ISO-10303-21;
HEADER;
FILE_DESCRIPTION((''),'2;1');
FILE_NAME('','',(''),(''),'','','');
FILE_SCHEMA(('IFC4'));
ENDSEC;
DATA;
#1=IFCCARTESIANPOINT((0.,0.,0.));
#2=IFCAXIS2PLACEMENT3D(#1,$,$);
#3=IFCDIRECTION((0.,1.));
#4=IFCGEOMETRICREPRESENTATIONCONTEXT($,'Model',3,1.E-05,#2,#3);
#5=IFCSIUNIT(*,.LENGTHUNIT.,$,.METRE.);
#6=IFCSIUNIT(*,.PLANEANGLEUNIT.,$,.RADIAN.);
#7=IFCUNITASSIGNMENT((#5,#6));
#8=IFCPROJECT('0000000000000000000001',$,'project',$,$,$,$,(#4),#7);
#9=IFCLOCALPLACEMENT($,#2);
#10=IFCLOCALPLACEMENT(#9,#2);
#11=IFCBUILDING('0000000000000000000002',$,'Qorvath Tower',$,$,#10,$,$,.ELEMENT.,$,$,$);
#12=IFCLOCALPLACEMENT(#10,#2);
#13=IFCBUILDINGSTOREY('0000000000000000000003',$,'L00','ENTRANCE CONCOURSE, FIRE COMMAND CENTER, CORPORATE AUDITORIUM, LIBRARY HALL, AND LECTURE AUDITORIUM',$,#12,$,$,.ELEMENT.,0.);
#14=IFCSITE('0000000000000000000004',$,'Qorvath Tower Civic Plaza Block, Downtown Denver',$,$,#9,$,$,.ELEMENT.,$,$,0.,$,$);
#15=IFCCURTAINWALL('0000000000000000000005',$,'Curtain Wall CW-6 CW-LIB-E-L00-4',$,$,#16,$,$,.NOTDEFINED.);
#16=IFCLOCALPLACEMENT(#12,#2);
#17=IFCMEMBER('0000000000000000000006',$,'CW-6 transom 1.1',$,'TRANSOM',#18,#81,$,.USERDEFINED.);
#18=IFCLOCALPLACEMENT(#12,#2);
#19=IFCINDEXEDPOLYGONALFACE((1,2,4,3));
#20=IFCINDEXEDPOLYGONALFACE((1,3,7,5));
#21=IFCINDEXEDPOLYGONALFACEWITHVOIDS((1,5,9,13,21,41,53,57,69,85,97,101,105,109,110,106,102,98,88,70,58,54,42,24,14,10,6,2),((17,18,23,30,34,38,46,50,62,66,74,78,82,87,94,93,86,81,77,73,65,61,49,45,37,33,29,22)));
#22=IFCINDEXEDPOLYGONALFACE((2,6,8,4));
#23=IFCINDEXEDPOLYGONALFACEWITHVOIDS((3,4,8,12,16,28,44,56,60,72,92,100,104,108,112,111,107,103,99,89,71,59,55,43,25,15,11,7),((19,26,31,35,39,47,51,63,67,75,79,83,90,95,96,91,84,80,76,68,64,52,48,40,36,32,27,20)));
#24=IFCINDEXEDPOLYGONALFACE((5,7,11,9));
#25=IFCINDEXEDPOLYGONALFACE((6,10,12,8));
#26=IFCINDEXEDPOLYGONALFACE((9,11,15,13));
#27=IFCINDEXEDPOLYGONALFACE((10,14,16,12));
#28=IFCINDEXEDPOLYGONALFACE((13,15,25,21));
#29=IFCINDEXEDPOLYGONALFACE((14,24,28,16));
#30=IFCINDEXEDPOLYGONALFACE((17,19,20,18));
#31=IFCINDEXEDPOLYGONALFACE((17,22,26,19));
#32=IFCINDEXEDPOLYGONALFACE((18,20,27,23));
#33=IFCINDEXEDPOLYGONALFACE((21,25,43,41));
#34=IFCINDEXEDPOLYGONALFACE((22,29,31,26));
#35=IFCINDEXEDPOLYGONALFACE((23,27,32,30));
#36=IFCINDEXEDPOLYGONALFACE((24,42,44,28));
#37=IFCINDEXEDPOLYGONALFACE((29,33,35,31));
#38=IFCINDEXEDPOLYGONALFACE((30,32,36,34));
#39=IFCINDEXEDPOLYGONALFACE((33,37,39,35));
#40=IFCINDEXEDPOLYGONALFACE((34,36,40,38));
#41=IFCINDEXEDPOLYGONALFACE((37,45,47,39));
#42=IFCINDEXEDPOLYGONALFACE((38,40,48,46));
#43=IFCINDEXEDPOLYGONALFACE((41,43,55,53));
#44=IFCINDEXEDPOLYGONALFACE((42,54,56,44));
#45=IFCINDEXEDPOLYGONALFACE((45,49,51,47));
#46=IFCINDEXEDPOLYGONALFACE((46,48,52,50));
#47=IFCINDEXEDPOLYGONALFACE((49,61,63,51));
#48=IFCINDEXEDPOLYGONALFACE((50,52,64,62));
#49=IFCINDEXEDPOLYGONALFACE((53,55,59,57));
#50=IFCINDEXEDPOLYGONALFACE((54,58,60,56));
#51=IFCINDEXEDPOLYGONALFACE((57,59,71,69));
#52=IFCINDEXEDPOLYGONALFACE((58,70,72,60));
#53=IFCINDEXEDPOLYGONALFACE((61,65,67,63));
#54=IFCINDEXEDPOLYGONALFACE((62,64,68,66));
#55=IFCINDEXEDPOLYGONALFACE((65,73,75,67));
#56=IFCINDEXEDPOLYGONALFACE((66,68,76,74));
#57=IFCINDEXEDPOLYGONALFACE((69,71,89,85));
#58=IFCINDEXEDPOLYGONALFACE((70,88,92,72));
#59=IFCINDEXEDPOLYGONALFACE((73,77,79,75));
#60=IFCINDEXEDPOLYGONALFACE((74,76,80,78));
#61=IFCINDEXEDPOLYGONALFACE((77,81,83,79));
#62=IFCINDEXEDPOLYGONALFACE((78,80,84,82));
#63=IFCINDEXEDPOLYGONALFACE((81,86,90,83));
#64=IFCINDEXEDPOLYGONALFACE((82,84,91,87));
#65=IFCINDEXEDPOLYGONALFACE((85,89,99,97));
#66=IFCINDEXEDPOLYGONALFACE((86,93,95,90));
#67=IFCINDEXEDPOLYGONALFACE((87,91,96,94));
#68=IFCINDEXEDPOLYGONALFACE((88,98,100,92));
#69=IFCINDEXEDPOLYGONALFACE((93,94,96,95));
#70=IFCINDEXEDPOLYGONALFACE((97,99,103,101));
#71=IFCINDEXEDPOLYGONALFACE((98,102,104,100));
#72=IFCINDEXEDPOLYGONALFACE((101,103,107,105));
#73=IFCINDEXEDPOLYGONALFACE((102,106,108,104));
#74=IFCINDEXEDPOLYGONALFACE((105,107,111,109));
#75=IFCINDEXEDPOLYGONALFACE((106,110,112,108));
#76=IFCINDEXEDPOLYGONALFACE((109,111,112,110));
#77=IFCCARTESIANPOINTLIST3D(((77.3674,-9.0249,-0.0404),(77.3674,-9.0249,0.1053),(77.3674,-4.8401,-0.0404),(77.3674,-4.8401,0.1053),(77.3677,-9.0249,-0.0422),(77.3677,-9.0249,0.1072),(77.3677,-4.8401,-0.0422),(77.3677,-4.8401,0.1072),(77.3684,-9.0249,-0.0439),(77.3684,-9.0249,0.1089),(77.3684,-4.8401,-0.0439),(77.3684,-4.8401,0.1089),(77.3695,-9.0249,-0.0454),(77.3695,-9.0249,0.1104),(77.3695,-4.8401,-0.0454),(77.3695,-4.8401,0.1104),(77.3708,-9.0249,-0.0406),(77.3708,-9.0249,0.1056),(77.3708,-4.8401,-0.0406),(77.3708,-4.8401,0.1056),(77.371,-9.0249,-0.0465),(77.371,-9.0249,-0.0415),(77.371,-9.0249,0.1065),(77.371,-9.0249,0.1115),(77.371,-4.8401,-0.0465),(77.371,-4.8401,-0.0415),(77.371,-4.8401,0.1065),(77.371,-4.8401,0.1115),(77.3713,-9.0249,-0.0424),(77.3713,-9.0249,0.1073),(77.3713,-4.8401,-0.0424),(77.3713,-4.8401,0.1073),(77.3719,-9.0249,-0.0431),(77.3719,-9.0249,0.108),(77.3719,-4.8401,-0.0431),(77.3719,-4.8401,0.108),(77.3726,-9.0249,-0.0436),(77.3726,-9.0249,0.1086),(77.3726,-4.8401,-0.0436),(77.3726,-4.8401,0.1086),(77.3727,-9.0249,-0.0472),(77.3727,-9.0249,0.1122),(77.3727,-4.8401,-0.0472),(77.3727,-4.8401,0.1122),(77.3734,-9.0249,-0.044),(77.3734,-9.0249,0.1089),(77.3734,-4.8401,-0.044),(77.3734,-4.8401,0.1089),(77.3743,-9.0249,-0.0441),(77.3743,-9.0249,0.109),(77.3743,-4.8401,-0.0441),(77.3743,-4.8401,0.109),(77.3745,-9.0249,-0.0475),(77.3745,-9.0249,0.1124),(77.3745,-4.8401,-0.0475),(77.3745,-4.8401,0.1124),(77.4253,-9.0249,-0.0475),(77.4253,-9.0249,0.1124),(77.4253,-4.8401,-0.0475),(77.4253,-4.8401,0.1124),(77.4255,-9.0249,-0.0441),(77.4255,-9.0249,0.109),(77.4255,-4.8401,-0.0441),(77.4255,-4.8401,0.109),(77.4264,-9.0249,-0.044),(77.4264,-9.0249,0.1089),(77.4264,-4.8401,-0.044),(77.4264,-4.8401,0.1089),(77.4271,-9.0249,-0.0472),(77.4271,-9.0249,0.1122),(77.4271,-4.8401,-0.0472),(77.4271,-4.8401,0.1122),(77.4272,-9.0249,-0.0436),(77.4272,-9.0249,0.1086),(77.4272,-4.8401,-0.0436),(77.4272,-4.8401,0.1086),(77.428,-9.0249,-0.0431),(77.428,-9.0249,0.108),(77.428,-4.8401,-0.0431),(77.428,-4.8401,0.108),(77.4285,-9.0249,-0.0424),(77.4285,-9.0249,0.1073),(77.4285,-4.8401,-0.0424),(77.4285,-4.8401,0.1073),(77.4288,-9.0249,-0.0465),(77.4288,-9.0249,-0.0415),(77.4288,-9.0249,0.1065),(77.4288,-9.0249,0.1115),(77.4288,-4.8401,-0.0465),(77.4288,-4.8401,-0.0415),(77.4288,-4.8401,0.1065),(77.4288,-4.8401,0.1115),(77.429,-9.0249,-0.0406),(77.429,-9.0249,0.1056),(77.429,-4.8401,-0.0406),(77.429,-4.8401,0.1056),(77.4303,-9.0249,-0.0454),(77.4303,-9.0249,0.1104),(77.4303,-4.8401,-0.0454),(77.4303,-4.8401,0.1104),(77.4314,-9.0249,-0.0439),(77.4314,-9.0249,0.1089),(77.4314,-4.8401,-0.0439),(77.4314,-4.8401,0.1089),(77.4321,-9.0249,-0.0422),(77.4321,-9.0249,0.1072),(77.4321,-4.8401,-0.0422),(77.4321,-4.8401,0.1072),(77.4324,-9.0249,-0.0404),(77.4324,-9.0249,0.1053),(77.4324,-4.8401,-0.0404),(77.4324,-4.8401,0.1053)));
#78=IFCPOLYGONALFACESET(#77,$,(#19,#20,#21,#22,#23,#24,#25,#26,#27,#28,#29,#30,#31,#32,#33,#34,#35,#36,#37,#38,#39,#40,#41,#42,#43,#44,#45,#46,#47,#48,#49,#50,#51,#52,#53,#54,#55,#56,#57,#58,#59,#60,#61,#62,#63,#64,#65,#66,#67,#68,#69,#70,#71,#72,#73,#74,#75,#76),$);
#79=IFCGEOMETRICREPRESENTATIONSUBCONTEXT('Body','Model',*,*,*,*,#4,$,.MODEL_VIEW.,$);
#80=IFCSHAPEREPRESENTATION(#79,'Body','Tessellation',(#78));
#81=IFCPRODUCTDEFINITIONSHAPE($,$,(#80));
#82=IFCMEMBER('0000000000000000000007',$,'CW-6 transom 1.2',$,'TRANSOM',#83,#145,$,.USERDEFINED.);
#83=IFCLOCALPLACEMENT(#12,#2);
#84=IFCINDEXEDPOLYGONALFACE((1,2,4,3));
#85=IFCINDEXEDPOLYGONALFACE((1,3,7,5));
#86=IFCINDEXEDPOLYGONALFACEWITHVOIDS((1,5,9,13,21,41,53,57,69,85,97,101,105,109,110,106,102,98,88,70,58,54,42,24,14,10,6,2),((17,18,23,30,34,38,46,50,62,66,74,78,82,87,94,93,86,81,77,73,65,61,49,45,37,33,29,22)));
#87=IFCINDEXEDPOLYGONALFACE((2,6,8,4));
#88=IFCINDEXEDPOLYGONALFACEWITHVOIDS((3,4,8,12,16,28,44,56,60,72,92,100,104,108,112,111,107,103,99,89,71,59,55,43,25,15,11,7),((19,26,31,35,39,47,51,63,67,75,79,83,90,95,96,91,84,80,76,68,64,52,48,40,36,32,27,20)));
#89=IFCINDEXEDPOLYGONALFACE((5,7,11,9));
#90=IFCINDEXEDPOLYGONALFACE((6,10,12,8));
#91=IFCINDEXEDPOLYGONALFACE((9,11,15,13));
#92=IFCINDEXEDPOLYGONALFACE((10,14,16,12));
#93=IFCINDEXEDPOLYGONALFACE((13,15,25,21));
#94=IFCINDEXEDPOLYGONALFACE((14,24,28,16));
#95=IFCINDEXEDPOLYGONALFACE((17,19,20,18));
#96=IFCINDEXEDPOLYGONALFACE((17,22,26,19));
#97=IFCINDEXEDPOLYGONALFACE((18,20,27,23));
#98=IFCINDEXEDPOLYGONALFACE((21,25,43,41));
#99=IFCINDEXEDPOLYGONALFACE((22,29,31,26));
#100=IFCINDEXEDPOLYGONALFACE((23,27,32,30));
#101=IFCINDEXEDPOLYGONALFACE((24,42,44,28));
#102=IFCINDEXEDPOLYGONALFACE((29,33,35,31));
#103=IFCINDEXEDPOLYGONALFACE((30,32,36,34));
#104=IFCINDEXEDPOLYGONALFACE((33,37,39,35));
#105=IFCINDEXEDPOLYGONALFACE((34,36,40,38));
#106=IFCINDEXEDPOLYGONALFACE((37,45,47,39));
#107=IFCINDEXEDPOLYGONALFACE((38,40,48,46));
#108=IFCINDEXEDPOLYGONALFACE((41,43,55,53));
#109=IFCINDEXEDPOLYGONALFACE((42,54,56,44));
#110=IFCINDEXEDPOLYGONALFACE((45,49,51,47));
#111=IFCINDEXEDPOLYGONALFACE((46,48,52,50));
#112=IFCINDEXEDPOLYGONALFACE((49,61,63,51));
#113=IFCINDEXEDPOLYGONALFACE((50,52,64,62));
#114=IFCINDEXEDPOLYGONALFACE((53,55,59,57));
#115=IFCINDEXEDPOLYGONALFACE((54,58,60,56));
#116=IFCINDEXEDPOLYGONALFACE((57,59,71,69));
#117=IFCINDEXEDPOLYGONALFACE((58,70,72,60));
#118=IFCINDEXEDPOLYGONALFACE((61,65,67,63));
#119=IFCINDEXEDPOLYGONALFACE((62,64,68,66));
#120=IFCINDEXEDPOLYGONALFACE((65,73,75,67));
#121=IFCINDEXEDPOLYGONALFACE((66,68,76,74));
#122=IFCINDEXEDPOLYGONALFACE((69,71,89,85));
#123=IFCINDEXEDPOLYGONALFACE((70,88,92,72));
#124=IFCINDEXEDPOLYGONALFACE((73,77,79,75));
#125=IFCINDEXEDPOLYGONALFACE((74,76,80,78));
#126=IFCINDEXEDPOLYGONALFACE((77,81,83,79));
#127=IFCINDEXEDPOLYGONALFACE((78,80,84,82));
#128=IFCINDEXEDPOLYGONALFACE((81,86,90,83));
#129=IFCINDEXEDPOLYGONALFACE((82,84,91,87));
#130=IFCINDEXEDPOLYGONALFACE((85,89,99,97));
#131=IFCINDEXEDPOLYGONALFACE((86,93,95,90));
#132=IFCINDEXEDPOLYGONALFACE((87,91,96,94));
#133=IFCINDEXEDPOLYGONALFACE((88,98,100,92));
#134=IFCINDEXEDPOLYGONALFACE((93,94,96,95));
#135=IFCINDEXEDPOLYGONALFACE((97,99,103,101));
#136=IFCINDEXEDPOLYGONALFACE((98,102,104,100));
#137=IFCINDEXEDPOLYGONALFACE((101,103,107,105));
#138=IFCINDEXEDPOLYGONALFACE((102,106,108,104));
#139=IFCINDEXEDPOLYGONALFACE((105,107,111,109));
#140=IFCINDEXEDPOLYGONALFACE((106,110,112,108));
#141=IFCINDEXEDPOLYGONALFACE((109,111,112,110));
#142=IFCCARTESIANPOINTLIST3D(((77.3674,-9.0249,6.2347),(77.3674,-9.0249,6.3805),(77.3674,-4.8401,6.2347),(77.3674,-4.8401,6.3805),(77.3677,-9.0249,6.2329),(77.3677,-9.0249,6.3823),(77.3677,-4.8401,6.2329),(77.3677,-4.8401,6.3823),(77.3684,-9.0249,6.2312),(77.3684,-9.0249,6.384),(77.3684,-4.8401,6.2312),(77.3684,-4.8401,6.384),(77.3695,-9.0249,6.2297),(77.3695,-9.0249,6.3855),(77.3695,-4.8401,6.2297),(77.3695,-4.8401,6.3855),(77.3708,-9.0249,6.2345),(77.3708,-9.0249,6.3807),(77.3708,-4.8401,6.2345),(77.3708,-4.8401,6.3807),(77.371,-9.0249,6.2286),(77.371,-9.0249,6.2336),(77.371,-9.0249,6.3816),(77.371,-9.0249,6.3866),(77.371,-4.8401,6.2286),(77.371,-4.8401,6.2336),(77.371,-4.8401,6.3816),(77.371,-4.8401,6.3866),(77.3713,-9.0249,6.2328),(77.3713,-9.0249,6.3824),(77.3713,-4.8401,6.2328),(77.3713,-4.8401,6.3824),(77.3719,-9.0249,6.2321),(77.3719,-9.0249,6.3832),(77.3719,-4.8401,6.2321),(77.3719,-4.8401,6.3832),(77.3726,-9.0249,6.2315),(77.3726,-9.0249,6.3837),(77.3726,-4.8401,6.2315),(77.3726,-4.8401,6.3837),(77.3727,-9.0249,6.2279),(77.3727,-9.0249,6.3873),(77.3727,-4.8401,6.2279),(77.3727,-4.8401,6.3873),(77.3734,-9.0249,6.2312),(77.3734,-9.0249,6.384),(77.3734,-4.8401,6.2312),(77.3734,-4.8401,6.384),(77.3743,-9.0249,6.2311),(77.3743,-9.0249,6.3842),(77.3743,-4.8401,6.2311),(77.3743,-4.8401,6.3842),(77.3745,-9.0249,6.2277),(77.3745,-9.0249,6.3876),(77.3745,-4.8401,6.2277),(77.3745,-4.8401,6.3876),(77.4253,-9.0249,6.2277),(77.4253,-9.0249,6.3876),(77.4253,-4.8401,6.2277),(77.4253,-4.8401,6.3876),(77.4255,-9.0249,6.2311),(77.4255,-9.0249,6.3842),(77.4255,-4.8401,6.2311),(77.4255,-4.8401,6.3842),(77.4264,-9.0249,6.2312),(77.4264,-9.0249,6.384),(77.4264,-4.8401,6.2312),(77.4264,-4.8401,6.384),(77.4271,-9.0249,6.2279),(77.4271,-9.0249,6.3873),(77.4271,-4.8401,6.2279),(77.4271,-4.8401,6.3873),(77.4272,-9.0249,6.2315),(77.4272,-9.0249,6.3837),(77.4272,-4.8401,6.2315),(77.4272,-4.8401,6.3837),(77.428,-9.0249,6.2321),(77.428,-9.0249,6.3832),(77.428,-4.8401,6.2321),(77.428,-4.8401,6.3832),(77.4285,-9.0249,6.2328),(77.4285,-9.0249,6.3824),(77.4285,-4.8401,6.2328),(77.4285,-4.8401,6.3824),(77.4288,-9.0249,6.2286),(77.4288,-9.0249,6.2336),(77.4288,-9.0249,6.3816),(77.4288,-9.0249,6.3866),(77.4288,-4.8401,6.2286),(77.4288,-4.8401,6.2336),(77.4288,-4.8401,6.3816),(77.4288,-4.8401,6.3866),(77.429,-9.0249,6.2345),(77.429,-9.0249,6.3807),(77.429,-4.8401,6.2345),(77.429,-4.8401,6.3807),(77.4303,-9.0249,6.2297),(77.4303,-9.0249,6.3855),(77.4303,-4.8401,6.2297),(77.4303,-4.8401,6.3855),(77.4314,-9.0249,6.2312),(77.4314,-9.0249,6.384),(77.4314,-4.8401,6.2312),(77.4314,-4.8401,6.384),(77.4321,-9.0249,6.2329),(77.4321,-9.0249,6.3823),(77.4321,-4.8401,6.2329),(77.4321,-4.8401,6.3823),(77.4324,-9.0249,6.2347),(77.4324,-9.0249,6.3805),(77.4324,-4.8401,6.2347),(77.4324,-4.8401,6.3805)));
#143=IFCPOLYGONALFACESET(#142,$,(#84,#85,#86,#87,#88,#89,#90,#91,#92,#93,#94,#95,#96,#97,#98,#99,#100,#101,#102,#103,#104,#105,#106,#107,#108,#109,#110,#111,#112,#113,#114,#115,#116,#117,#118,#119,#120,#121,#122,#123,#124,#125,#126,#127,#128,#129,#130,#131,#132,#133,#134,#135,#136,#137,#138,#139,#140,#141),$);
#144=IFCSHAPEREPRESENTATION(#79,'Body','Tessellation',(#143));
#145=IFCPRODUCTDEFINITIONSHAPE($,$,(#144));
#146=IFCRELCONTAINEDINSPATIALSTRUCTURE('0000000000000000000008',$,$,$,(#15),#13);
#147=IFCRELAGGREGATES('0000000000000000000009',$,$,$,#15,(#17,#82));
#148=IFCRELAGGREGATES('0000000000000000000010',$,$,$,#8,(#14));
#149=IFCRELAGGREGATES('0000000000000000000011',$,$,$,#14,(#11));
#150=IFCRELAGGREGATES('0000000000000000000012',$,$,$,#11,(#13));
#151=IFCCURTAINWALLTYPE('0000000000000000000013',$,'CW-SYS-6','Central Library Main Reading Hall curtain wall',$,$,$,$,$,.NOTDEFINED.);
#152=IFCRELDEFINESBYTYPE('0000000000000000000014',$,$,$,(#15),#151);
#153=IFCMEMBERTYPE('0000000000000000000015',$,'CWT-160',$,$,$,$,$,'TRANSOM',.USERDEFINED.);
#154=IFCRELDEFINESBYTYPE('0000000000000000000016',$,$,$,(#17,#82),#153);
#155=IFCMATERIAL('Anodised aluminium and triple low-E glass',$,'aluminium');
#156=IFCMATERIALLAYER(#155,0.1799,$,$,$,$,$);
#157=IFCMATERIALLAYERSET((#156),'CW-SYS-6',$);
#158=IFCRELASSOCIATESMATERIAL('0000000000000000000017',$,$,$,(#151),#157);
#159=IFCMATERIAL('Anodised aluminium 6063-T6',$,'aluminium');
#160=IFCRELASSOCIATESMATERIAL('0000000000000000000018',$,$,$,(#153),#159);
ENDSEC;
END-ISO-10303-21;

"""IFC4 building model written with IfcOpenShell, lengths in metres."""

from ifc_helpers import new_model, si_unit, direction, frame, origin, origin_2d, place, context, subcontext, project, spatial, hollow_rectangle, extrude, material, layer, layer_set, material_profile, profile_set, type_object, element, aggregate, save


model = new_model("IFC4")

# Units and contexts
model_context = context("Model", 3, precision=1e-05, world=origin(), true_north=direction((0.0, 1.0)))
body_context = subcontext(model_context, "Body", "Model", "MODEL_VIEW")
ifc_project = project(units=[si_unit("LENGTHUNIT", "METRE"), si_unit("PLANEANGLEUNIT", "RADIAN")], contexts=[model_context])

# Site, building, storey
site_placement = place(None, origin())
site = spatial("IfcSite", under=ifc_project, at=site_placement, Name="Qorvath Tower Civic Plaza Block, Downtown Denver", CompositionType="ELEMENT", RefElevation=0.0)
building_placement = place(site_placement, origin())
building = spatial("IfcBuilding", under=site, at=building_placement, Name="Qorvath Tower", CompositionType="ELEMENT")
storey_placement = place(building_placement, origin())
storey = spatial("IfcBuildingStorey", under=building, at=storey_placement, Name="L00", Description="ENTRANCE CONCOURSE, FIRE COMMAND CENTER, CORPORATE AUDITORIUM, LIBRARY HALL, AND LECTURE AUDITORIUM", CompositionType="ELEMENT", Elevation=0.0)

# Curtain wall
ifc_material_1 = material(Name="Anodised aluminium and triple low-E glass", Category="aluminium")
ifc_layer_1 = layer(ifc_material_1, 0.1799)
ifc_layer_set_1 = layer_set([ifc_layer_1], Name="CW-SYS-6")
curtain_wall_type = type_object("IfcCurtainWallType", Name="CW-SYS-6", Description="Central Library Main Reading Hall curtain wall", PredefinedType="NOTDEFINED", material=ifc_layer_set_1)
curtain_wall_1_placement = place(storey_placement, origin())
curtain_wall_1 = element("IfcCurtainWall", 1, at=curtain_wall_1_placement, inside=storey, type_object=curtain_wall_type, Name="Curtain Wall CW-6 CW-LIB-E-L00-4", PredefinedType="NOTDEFINED")

# Members
ifc_material_2 = material(Name="Anodised aluminium 6063-T6", Category="aluminium")
ifc_material_profile_1 = material_profile(ifc_material_2, hollow_rectangle(XDim=0.0649, YDim=0.1599, WallThickness=0.0034, InnerFilletRadius=0.0034, OuterFilletRadius=0.0071, at=origin_2d()), Name="CWT 160x65")
ifc_profile_set_1 = profile_set([ifc_material_profile_1], Name="Anodised aluminium 6063-T6")
member_type_1 = type_object("IfcMemberType", Name="CWT-160", ElementType="TRANSOM", PredefinedType="USERDEFINED", material=ifc_profile_set_1)
member_1_placement = place(storey_placement, frame((77.3999, -9.0249, 0.0325), z_axis=(0.0, 1.0, 0.0), x_axis=(-1.0, 0.0, 0.0)))
member_1 = element("IfcMember", 2, at=member_1_placement, type_object=member_type_1, Name="CW-6 transom 1.1", ObjectType="TRANSOM", PredefinedType="USERDEFINED", context=body_context, shape_type="SweptSolid", body=[
    extrude(hollow_rectangle(XDim=0.0649, YDim=0.1599, WallThickness=0.0034, InnerFilletRadius=0.0034, OuterFilletRadius=0.0071, at=origin_2d()), origin(), (0.0, 0.0, 1.0), 4.1848),
])
member_2_placement = place(storey_placement, frame((77.3999, -9.0249, 6.3076), z_axis=(0.0, 1.0, 0.0), x_axis=(-1.0, 0.0, 0.0)))
member_2 = element("IfcMember", 3, at=member_2_placement, type_object=member_type_1, Name="CW-6 transom 1.2", ObjectType="TRANSOM", PredefinedType="USERDEFINED", context=body_context, shape_type="SweptSolid", body=[
    extrude(hollow_rectangle(XDim=0.0649, YDim=0.1599, WallThickness=0.0034, InnerFilletRadius=0.0034, OuterFilletRadius=0.0071, at=origin_2d()), origin(), (0.0, 0.0, 1.0), 4.1848),
])

aggregate(curtain_wall_1, [member_1, member_2])

save(model, "model.ifc")
